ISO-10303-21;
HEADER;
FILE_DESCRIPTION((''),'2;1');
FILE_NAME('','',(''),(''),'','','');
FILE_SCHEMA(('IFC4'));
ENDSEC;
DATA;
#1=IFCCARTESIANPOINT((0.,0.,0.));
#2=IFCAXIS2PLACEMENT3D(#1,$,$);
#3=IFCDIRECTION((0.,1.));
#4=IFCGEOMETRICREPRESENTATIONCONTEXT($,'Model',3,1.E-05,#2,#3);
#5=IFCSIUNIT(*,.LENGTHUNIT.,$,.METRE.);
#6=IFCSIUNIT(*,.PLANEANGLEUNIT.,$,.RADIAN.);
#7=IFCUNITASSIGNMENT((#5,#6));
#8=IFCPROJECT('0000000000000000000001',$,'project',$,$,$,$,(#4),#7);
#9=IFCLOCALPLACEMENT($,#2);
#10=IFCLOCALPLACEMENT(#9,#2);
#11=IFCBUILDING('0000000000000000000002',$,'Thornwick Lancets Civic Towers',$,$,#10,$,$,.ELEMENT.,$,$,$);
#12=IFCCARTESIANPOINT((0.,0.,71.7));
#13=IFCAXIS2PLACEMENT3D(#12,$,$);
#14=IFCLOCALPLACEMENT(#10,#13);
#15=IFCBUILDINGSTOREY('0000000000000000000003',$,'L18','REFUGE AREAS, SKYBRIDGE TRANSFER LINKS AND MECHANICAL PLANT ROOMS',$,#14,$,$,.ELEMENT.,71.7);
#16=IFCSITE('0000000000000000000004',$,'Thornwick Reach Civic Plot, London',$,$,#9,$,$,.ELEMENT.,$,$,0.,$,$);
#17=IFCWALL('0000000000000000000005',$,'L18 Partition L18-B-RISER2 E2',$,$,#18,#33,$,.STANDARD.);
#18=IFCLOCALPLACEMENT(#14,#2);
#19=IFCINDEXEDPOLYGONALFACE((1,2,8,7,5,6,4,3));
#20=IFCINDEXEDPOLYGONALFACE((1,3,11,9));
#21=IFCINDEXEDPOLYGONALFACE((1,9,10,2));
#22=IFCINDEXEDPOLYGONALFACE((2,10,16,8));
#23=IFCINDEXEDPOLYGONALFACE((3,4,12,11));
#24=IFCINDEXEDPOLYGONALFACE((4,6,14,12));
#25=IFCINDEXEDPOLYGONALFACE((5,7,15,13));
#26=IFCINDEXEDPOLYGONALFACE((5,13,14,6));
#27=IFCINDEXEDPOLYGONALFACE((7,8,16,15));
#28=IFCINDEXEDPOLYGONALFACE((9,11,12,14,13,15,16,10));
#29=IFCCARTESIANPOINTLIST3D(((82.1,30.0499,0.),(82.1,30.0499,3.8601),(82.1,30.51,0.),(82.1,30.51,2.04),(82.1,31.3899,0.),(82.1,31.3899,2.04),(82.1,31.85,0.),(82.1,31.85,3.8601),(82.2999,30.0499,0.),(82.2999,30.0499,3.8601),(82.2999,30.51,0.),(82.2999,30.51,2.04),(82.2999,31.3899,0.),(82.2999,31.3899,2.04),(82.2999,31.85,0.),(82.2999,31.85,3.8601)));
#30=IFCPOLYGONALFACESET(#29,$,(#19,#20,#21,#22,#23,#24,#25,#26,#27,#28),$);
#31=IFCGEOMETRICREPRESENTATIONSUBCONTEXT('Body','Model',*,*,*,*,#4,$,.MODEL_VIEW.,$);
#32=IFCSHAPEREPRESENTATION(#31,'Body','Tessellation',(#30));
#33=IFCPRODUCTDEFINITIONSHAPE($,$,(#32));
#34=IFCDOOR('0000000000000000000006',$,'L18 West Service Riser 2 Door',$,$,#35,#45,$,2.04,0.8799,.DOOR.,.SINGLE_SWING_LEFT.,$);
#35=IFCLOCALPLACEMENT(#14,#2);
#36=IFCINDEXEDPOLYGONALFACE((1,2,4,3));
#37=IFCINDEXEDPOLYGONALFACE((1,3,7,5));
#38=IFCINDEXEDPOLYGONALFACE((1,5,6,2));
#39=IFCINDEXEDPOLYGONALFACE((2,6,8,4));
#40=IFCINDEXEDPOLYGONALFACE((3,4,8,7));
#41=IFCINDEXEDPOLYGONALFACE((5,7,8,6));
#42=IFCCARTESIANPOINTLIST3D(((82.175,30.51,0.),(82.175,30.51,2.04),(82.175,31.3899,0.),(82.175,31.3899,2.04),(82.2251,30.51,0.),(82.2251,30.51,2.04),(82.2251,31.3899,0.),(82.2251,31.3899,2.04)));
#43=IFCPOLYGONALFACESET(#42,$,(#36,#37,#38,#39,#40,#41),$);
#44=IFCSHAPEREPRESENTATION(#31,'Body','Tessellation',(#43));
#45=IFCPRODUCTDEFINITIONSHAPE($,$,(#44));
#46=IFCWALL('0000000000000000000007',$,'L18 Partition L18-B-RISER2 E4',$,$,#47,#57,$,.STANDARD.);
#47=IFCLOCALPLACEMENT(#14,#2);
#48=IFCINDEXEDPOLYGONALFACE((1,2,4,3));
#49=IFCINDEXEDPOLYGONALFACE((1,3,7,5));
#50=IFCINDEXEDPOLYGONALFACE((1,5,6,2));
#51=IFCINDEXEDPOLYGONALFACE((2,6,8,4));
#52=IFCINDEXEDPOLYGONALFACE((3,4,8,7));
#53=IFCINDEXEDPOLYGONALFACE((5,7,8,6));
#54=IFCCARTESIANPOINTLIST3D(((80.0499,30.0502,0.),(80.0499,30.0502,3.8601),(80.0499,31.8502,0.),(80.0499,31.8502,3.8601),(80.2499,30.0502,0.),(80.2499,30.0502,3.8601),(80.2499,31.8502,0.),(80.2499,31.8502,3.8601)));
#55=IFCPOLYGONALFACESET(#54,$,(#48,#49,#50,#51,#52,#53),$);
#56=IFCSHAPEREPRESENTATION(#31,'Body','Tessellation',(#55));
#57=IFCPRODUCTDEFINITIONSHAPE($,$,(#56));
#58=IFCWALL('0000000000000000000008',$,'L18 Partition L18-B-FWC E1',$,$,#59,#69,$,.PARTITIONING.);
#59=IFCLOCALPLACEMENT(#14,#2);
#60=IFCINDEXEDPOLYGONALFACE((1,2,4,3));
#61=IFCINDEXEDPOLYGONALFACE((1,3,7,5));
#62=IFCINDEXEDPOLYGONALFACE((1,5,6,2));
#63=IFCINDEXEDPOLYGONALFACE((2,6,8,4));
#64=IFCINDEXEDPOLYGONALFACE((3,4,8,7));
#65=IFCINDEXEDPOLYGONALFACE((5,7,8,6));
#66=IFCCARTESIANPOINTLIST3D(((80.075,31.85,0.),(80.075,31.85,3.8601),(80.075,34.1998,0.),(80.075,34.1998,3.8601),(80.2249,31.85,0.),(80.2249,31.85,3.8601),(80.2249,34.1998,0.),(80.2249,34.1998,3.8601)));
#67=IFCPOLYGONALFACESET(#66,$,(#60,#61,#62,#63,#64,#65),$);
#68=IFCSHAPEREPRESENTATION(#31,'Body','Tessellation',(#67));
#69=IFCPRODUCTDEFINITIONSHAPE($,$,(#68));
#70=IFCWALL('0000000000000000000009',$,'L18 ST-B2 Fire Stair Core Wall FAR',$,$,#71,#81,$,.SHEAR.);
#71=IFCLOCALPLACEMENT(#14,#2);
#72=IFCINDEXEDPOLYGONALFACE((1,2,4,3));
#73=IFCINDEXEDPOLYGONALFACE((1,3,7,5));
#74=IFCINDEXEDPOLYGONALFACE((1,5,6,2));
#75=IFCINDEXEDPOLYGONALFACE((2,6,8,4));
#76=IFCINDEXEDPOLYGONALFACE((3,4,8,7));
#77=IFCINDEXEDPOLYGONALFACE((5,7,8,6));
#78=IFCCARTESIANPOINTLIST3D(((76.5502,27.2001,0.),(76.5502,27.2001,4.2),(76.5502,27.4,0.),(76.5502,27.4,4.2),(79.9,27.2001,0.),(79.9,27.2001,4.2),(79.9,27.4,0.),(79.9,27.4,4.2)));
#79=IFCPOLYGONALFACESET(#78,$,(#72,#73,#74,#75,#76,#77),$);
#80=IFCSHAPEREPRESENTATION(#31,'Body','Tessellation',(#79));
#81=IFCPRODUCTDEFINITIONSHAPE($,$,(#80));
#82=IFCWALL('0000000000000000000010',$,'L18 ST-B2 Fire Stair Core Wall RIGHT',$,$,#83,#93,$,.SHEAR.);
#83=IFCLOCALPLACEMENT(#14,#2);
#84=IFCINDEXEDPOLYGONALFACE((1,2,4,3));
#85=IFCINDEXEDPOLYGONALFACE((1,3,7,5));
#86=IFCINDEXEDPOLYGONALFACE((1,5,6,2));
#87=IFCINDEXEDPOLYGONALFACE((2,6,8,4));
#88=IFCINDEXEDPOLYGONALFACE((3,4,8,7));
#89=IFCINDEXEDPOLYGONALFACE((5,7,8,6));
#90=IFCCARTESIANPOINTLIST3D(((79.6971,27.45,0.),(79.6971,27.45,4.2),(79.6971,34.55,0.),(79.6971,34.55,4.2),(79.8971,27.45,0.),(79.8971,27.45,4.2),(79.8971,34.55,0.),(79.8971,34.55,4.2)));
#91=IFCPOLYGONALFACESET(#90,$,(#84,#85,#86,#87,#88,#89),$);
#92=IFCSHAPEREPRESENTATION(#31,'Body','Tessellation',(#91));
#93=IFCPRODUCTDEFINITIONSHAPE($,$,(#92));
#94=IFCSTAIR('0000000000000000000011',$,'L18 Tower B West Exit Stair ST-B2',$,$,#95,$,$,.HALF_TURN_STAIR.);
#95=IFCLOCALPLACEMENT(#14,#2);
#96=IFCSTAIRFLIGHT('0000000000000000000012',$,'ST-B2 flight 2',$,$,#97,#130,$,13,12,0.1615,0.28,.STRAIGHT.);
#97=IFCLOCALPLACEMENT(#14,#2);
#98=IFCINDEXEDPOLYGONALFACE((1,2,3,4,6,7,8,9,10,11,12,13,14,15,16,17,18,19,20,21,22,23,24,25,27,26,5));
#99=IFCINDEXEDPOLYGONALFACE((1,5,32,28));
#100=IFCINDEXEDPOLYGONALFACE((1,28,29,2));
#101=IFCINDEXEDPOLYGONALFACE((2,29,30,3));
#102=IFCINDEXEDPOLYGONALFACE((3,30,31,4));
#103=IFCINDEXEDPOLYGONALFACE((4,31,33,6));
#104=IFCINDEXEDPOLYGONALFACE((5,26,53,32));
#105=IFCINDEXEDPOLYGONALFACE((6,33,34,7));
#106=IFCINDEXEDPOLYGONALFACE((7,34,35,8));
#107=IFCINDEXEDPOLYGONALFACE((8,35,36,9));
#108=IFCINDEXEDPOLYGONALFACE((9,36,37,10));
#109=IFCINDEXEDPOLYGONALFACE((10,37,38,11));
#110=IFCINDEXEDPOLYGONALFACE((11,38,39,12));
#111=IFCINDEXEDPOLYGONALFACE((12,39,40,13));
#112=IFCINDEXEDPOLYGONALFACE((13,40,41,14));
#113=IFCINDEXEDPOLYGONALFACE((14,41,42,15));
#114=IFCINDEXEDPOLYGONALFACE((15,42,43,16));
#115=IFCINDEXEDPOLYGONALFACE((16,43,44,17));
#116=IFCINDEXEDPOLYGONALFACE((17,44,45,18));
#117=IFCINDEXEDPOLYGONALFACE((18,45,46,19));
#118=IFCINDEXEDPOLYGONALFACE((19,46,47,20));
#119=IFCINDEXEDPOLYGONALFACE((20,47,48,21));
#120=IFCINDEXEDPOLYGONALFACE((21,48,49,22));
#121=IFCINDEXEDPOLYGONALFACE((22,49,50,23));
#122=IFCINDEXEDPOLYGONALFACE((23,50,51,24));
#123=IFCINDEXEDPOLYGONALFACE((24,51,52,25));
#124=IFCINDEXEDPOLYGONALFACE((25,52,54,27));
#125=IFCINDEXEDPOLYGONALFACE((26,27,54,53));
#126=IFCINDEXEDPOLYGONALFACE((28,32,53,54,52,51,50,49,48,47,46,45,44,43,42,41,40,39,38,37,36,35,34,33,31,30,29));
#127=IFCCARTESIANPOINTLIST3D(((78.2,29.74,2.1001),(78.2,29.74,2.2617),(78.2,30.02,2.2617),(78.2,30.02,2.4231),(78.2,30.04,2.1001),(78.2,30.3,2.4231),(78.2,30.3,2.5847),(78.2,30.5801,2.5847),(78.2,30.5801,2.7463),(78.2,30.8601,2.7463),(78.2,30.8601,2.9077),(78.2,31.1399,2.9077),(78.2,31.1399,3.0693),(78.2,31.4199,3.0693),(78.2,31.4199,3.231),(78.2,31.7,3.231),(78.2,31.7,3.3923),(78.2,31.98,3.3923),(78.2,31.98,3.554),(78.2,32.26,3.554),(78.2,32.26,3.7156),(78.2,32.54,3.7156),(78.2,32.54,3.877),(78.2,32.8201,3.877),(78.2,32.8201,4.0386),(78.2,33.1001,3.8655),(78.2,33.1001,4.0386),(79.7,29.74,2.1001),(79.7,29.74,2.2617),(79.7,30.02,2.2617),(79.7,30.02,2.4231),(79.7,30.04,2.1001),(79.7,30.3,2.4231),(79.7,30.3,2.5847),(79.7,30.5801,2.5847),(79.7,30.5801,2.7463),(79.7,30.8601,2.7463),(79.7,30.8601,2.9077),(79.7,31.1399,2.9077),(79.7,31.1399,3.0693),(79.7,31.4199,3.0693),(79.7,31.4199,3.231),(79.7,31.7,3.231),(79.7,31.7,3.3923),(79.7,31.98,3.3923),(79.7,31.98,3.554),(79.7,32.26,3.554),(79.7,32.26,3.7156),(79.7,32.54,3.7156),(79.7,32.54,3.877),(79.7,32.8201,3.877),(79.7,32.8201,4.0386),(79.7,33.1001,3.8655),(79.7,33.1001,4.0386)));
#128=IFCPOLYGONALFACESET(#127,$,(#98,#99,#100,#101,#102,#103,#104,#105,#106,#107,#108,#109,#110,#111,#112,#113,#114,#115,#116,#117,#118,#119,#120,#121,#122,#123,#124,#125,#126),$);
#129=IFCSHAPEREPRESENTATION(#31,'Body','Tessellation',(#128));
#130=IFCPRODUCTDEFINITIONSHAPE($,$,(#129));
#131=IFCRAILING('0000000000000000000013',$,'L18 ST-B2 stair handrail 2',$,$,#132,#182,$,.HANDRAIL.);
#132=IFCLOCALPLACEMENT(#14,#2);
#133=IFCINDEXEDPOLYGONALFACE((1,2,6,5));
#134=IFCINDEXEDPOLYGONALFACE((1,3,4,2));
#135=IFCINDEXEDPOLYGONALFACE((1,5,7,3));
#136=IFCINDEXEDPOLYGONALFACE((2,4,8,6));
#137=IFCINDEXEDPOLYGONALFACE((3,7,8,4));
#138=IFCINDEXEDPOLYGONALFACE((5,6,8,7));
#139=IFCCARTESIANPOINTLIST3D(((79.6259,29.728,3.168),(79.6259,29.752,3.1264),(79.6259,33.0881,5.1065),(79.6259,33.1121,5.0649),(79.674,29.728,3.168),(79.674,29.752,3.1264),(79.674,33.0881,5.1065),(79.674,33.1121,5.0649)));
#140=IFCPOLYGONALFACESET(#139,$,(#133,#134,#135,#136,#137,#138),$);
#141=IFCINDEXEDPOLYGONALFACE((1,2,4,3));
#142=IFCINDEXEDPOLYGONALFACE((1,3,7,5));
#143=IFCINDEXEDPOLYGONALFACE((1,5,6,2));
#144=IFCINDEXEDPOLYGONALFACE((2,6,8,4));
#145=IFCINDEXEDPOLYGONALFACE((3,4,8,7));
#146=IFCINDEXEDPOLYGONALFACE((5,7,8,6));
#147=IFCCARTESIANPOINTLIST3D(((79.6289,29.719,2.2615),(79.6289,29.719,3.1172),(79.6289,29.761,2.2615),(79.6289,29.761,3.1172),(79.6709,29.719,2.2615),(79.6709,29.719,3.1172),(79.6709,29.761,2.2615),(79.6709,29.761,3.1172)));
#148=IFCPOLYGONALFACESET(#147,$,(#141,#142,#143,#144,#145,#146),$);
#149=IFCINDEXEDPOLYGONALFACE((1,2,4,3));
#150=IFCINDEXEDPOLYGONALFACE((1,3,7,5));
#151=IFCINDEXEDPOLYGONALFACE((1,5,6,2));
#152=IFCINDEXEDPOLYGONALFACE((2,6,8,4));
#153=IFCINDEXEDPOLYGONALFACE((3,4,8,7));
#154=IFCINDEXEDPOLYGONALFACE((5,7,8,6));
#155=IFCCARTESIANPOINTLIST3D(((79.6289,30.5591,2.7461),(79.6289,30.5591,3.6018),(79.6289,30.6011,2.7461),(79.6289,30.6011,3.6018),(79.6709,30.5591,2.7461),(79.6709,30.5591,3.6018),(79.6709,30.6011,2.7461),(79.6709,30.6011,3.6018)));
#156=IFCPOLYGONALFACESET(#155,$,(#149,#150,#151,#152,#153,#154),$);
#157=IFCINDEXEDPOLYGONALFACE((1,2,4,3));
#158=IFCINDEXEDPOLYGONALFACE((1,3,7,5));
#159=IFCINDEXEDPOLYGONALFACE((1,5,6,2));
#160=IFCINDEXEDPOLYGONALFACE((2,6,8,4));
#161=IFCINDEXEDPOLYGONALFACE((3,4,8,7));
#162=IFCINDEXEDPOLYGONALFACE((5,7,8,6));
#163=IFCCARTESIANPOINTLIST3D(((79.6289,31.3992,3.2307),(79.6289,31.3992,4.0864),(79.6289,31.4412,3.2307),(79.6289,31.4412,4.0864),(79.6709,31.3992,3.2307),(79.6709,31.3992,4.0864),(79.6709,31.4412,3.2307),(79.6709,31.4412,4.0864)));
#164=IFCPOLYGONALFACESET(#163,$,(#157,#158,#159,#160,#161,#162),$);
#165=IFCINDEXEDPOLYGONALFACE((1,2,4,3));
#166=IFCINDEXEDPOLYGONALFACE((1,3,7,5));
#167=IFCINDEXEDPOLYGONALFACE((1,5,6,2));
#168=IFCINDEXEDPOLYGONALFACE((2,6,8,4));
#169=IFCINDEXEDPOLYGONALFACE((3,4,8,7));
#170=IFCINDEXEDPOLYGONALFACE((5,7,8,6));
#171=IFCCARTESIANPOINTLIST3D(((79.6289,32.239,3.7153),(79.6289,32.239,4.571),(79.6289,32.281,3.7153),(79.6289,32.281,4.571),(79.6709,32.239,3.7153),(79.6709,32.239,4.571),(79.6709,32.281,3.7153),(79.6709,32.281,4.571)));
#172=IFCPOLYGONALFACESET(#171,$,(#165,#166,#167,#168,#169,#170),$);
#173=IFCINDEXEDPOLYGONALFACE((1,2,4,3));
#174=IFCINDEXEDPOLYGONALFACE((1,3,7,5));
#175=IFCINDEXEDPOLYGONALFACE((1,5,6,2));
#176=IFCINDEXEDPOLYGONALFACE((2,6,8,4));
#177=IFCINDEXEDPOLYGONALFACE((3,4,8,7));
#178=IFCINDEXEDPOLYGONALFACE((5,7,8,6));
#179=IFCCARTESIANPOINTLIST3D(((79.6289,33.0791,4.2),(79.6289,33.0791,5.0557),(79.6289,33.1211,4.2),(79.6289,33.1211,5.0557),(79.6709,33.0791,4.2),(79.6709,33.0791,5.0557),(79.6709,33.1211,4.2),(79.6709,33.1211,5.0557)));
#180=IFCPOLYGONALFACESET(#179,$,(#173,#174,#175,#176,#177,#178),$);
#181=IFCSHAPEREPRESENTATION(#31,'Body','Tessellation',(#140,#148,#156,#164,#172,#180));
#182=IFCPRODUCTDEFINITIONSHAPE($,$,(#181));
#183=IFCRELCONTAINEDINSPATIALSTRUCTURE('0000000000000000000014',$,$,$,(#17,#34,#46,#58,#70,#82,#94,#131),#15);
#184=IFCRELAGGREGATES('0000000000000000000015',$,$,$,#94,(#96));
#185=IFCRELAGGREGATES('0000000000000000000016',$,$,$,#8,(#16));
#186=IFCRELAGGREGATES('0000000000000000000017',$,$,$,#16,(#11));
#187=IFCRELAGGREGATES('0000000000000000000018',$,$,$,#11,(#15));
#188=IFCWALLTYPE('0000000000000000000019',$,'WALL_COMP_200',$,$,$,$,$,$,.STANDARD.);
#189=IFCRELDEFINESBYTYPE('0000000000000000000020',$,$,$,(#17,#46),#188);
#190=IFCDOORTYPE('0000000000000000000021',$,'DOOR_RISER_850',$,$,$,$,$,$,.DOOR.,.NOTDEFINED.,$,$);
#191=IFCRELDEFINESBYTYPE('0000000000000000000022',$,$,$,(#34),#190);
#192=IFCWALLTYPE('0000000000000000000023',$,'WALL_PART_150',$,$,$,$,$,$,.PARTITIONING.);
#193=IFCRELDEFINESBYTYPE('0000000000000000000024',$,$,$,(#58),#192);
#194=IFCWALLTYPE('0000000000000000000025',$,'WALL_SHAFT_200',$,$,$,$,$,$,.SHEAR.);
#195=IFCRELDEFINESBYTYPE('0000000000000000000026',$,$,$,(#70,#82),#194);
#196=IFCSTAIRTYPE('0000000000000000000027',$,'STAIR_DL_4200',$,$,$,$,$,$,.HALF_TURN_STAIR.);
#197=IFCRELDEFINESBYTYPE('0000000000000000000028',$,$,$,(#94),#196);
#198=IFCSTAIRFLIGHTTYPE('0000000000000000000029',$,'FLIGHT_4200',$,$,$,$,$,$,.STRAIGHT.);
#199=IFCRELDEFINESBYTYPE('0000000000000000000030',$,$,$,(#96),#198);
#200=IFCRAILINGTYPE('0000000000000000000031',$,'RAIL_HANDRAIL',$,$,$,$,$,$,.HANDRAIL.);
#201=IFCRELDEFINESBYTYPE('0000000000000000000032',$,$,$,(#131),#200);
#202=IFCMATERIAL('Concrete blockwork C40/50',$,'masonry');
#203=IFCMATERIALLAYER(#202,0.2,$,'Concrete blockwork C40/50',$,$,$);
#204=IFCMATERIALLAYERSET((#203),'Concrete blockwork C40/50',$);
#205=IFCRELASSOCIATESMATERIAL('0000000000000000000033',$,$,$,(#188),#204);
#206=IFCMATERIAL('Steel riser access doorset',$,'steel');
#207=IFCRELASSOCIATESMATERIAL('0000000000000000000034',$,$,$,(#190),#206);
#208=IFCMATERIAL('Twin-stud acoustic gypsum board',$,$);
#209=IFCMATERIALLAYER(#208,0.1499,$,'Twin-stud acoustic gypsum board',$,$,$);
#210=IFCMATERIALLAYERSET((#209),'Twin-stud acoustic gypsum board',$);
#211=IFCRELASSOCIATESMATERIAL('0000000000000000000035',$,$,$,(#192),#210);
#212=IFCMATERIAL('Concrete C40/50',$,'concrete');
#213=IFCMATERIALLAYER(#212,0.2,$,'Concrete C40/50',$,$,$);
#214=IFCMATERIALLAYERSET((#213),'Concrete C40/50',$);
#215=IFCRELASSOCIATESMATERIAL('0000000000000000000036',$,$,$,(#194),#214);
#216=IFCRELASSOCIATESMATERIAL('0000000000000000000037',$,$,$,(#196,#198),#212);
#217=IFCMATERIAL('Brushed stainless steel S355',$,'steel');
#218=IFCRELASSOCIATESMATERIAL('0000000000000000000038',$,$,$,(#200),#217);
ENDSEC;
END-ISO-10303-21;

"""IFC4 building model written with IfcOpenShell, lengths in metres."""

from ifc_helpers import new_model, si_unit, direction, frame, frame_2d, origin, origin_2d, place, context, subcontext, project, spatial, polyline, rectangle, outline, extrude, material, layer, layer_set, type_object, element, fill, aggregate, save


model = new_model("IFC4")

# Units and contexts
model_context = context("Model", 3, precision=1e-05, world=origin(), true_north=direction((0.0, 1.0)))
body_context = subcontext(model_context, "Body", "Model", "MODEL_VIEW")
ifc_project = project(units=[si_unit("LENGTHUNIT", "METRE"), si_unit("PLANEANGLEUNIT", "RADIAN")], contexts=[model_context])

# Site, building, storey
site_placement = place(None, origin())
site = spatial("IfcSite", under=ifc_project, at=site_placement, Name="Thornwick Reach Civic Plot, London", CompositionType="ELEMENT", RefElevation=0.0)
building_placement = place(site_placement, origin())
building = spatial("IfcBuilding", under=site, at=building_placement, Name="Thornwick Lancets Civic Towers", CompositionType="ELEMENT")
storey_placement = place(building_placement, frame((0.0, 0.0, 71.7)))
storey = spatial("IfcBuildingStorey", under=building, at=storey_placement, Name="L18", Description="REFUGE AREAS, SKYBRIDGE TRANSFER LINKS AND MECHANICAL PLANT ROOMS", CompositionType="ELEMENT", Elevation=71.7)

# Shared definitions
ifc_material_1 = material(Name="Concrete C40/50", Category="concrete")

# Shared definitions
ifc_material_2 = material(Name="Concrete blockwork C40/50", Category="masonry")
ifc_layer_1 = layer(ifc_material_2, 0.2, Name="Concrete blockwork C40/50")
ifc_layer_set_1 = layer_set([ifc_layer_1], Name="Concrete blockwork C40/50")
wall_type_1 = type_object("IfcWallType", Name="WALL_COMP_200", PredefinedType="STANDARD", material=ifc_layer_set_1)

# Wall, opening, door
wall_1_placement = place(storey_placement, frame((82.2, 30.05, 0.0), z_axis=(0.0, 0.0, 1.0), x_axis=(0.0, 1.0, 0.0)))
wall_1 = element("IfcWall", 1, at=wall_1_placement, inside=storey, type_object=wall_type_1, Name="L18 Partition L18-B-RISER2 E2", PredefinedType="STANDARD", context=body_context, shape_type="SweptSolid", body=[
    extrude(rectangle(XDim=1.8, YDim=0.2, at=frame_2d((0.8999, 0.0))), origin(), (0.0, 0.0, 1.0), 3.8601),
])
opening_placement = place(wall_1_placement, frame((0.46, 0.0, 0.0)))
opening = element("IfcOpeningElement", 2, at=opening_placement, cuts=wall_1, PredefinedType="OPENING", context=body_context, shape_type="SweptSolid", body=[
    extrude(rectangle(XDim=0.8799, YDim=2.04, at=frame_2d((0.4399, 1.02))), frame((0.0, 0.1099, 0.0), z_axis=(0.0, -1.0, 0.0), x_axis=(1.0, 0.0, 0.0)), (0.0, 0.0, 1.0), 0.22),
])
ifc_material_3 = material(Name="Steel riser access doorset", Category="steel")
door_type = type_object("IfcDoorType", Name="DOOR_RISER_850", OperationType="NOTDEFINED", PredefinedType="DOOR", material=ifc_material_3)
door_placement = place(opening_placement, origin())
door = element("IfcDoor", 3, at=door_placement, inside=storey, type_object=door_type, Name="L18 West Service Riser 2 Door", OperationType="SINGLE_SWING_LEFT", OverallHeight=2.04, OverallWidth=0.8799, PredefinedType="DOOR", context=body_context, shape_type="SweptSolid", body=[
    extrude(rectangle(XDim=0.8799, YDim=2.04, at=frame_2d((0.4399, 1.02))), frame((0.0, 0.0249, 0.0), z_axis=(0.0, -1.0, 0.0), x_axis=(1.0, 0.0, 0.0)), (0.0, 0.0, 1.0), 0.05),
])
fill(opening, door)

# Walls
wall_2_placement = place(storey_placement, frame((80.1499, 31.8501, 0.0), z_axis=(0.0, 0.0, 1.0), x_axis=(0.0, -1.0, 0.0)))
element("IfcWall", 4, at=wall_2_placement, inside=storey, type_object=wall_type_1, Name="L18 Partition L18-B-RISER2 E4", PredefinedType="STANDARD", context=body_context, shape_type="SweptSolid", body=[
    extrude(rectangle(XDim=1.8, YDim=0.2, at=frame_2d((0.8999, 0.0))), origin(), (0.0, 0.0, 1.0), 3.8601),
])
ifc_material_4 = material(Name="Twin-stud acoustic gypsum board")
ifc_layer_2 = layer(ifc_material_4, 0.1499, Name="Twin-stud acoustic gypsum board")
ifc_layer_set_2 = layer_set([ifc_layer_2], Name="Twin-stud acoustic gypsum board")
wall_type_2 = type_object("IfcWallType", Name="WALL_PART_150", PredefinedType="PARTITIONING", material=ifc_layer_set_2)
wall_3_placement = place(storey_placement, frame((80.1499, 31.8501, 0.0), z_axis=(0.0, 0.0, 1.0), x_axis=(0.0, 1.0, 0.0)))
element("IfcWall", 5, at=wall_3_placement, inside=storey, type_object=wall_type_2, Name="L18 Partition L18-B-FWC E1", PredefinedType="PARTITIONING", context=body_context, shape_type="SweptSolid", body=[
    extrude(rectangle(XDim=2.3499, YDim=0.1499, at=frame_2d((1.1748, 0.0))), origin(), (0.0, 0.0, 1.0), 3.8601),
])
ifc_layer_3 = layer(ifc_material_1, 0.2, Name="Concrete C40/50")
ifc_layer_set_3 = layer_set([ifc_layer_3], Name="Concrete C40/50")
wall_type_3 = type_object("IfcWallType", Name="WALL_SHAFT_200", PredefinedType="SHEAR", material=ifc_layer_set_3)
wall_4_placement = place(storey_placement, frame((79.8999, 27.3, 0.0), z_axis=(0.0, 0.0, 1.0), x_axis=(-1.0, 0.0, 0.0)))
element("IfcWall", 6, at=wall_4_placement, inside=storey, type_object=wall_type_3, Name="L18 ST-B2 Fire Stair Core Wall FAR", PredefinedType="SHEAR", context=body_context, shape_type="SweptSolid", body=[
    extrude(rectangle(XDim=3.3499, YDim=0.2, at=frame_2d((1.6748, 0.0))), origin(), (0.0, 0.0, 1.0), 4.2),
])
wall_5_placement = place(storey_placement, frame((79.7971, 27.45, 0.0), z_axis=(0.0, 0.0, 1.0), x_axis=(0.0, 1.0, 0.0)))
element("IfcWall", 7, at=wall_5_placement, inside=storey, type_object=wall_type_3, Name="L18 ST-B2 Fire Stair Core Wall RIGHT", PredefinedType="SHEAR", context=body_context, shape_type="SweptSolid", body=[
    extrude(rectangle(XDim=7.1001, YDim=0.2, at=frame_2d((3.55, 0.0))), origin(), (0.0, 0.0, 1.0), 4.2),
])

# Stair, stair flight
stair_type = type_object("IfcStairType", Name="STAIR_DL_4200", PredefinedType="HALF_TURN_STAIR", material=ifc_material_1)
stair_placement = place(storey_placement, origin())
stair = element("IfcStair", 8, at=stair_placement, inside=storey, type_object=stair_type, Name="L18 Tower B West Exit Stair ST-B2", PredefinedType="HALF_TURN_STAIR")
stair_flight_type = type_object("IfcStairFlightType", Name="FLIGHT_4200", PredefinedType="STRAIGHT", material=ifc_material_1)
stair_flight_placement = place(storey_placement, frame((78.95, 29.74, 2.1001), z_axis=(0.0, 0.0, 1.0), x_axis=(0.0, 1.0, 0.0)))
stair_flight = element("IfcStairFlight", 9, at=stair_flight_placement, type_object=stair_flight_type, Name="ST-B2 flight 2", NumberOfRisers=13, NumberOfTreads=12, PredefinedType="STRAIGHT", RiserHeight=0.1615, TreadLength=0.28, context=body_context, shape_type="SweptSolid", body=[
    extrude(outline(polyline([(0.0, 0.0), (0.0, 0.1616), (0.28, 0.1616), (0.28, 0.323), (0.5601, 0.323), (0.5601, 0.4846), (0.8401, 0.4846), (0.8401, 0.6462), (1.1201, 0.6462), (1.1201, 0.8076), (1.3999, 0.8076), (1.3999, 0.9692), (1.6799, 0.9692), (1.6799, 1.1309), (1.96, 1.1309), (1.96, 1.2922), (2.24, 1.2922), (2.24, 1.4539), (2.52, 1.4539), (2.52, 1.6155), (2.8, 1.6155), (2.8, 1.7769), (3.0801, 1.7769), (3.0801, 1.9385), (3.3601, 1.9385), (3.3601, 2.1001), (3.3601, 1.7654), (0.3, 0.0), (0.0, 0.0)])), frame((0.0, 0.75, 0.0), z_axis=(0.0, -1.0, 0.0), x_axis=(1.0, 0.0, 0.0)), (0.0, 0.0, 1.0), 1.5),
])
aggregate(stair, [stair_flight])

# Railing
ifc_material_5 = material(Name="Brushed stainless steel S355", Category="steel")
railing_type_1 = type_object("IfcRailingType", Name="RAIL_HANDRAIL", PredefinedType="HANDRAIL", material=ifc_material_5)
railing_1_placement = place(storey_placement, frame((79.6499, 29.74, 2.2615)))
element("IfcRailing", 10, at=railing_1_placement, inside=storey, type_object=railing_type_1, Name="L18 ST-B2 stair handrail 2", PredefinedType="HANDRAIL", context=body_context, shape_type="SweptSolid", body=[
    extrude(rectangle(XDim=0.0481, YDim=0.0481, at=origin_2d()), frame((0.0, 0.0, 0.8857), z_axis=(0.0, 0.866191, 0.499713), x_axis=(-1.0, 0.0, 0.0)), (0.0, 0.0, 1.0), 3.8792),
    extrude(rectangle(XDim=0.042, YDim=0.042, at=origin_2d()), origin(), (0.0, 0.0, 1.0), 0.8557),
    extrude(rectangle(XDim=0.042, YDim=0.042, at=origin_2d()), frame((0.0, 0.8401, 0.4846)), (0.0, 0.0, 1.0), 0.8557),
    extrude(rectangle(XDim=0.042, YDim=0.042, at=origin_2d()), frame((0.0, 1.6802, 0.9692)), (0.0, 0.0, 1.0), 0.8557),
    extrude(rectangle(XDim=0.042, YDim=0.042, at=origin_2d()), frame((0.0, 2.52, 1.4539)), (0.0, 0.0, 1.0), 0.8557),
    extrude(rectangle(XDim=0.042, YDim=0.042, at=origin_2d()), frame((0.0, 3.3601, 1.9385)), (0.0, 0.0, 1.0), 0.8557),
])

save(model, "model.ifc")
